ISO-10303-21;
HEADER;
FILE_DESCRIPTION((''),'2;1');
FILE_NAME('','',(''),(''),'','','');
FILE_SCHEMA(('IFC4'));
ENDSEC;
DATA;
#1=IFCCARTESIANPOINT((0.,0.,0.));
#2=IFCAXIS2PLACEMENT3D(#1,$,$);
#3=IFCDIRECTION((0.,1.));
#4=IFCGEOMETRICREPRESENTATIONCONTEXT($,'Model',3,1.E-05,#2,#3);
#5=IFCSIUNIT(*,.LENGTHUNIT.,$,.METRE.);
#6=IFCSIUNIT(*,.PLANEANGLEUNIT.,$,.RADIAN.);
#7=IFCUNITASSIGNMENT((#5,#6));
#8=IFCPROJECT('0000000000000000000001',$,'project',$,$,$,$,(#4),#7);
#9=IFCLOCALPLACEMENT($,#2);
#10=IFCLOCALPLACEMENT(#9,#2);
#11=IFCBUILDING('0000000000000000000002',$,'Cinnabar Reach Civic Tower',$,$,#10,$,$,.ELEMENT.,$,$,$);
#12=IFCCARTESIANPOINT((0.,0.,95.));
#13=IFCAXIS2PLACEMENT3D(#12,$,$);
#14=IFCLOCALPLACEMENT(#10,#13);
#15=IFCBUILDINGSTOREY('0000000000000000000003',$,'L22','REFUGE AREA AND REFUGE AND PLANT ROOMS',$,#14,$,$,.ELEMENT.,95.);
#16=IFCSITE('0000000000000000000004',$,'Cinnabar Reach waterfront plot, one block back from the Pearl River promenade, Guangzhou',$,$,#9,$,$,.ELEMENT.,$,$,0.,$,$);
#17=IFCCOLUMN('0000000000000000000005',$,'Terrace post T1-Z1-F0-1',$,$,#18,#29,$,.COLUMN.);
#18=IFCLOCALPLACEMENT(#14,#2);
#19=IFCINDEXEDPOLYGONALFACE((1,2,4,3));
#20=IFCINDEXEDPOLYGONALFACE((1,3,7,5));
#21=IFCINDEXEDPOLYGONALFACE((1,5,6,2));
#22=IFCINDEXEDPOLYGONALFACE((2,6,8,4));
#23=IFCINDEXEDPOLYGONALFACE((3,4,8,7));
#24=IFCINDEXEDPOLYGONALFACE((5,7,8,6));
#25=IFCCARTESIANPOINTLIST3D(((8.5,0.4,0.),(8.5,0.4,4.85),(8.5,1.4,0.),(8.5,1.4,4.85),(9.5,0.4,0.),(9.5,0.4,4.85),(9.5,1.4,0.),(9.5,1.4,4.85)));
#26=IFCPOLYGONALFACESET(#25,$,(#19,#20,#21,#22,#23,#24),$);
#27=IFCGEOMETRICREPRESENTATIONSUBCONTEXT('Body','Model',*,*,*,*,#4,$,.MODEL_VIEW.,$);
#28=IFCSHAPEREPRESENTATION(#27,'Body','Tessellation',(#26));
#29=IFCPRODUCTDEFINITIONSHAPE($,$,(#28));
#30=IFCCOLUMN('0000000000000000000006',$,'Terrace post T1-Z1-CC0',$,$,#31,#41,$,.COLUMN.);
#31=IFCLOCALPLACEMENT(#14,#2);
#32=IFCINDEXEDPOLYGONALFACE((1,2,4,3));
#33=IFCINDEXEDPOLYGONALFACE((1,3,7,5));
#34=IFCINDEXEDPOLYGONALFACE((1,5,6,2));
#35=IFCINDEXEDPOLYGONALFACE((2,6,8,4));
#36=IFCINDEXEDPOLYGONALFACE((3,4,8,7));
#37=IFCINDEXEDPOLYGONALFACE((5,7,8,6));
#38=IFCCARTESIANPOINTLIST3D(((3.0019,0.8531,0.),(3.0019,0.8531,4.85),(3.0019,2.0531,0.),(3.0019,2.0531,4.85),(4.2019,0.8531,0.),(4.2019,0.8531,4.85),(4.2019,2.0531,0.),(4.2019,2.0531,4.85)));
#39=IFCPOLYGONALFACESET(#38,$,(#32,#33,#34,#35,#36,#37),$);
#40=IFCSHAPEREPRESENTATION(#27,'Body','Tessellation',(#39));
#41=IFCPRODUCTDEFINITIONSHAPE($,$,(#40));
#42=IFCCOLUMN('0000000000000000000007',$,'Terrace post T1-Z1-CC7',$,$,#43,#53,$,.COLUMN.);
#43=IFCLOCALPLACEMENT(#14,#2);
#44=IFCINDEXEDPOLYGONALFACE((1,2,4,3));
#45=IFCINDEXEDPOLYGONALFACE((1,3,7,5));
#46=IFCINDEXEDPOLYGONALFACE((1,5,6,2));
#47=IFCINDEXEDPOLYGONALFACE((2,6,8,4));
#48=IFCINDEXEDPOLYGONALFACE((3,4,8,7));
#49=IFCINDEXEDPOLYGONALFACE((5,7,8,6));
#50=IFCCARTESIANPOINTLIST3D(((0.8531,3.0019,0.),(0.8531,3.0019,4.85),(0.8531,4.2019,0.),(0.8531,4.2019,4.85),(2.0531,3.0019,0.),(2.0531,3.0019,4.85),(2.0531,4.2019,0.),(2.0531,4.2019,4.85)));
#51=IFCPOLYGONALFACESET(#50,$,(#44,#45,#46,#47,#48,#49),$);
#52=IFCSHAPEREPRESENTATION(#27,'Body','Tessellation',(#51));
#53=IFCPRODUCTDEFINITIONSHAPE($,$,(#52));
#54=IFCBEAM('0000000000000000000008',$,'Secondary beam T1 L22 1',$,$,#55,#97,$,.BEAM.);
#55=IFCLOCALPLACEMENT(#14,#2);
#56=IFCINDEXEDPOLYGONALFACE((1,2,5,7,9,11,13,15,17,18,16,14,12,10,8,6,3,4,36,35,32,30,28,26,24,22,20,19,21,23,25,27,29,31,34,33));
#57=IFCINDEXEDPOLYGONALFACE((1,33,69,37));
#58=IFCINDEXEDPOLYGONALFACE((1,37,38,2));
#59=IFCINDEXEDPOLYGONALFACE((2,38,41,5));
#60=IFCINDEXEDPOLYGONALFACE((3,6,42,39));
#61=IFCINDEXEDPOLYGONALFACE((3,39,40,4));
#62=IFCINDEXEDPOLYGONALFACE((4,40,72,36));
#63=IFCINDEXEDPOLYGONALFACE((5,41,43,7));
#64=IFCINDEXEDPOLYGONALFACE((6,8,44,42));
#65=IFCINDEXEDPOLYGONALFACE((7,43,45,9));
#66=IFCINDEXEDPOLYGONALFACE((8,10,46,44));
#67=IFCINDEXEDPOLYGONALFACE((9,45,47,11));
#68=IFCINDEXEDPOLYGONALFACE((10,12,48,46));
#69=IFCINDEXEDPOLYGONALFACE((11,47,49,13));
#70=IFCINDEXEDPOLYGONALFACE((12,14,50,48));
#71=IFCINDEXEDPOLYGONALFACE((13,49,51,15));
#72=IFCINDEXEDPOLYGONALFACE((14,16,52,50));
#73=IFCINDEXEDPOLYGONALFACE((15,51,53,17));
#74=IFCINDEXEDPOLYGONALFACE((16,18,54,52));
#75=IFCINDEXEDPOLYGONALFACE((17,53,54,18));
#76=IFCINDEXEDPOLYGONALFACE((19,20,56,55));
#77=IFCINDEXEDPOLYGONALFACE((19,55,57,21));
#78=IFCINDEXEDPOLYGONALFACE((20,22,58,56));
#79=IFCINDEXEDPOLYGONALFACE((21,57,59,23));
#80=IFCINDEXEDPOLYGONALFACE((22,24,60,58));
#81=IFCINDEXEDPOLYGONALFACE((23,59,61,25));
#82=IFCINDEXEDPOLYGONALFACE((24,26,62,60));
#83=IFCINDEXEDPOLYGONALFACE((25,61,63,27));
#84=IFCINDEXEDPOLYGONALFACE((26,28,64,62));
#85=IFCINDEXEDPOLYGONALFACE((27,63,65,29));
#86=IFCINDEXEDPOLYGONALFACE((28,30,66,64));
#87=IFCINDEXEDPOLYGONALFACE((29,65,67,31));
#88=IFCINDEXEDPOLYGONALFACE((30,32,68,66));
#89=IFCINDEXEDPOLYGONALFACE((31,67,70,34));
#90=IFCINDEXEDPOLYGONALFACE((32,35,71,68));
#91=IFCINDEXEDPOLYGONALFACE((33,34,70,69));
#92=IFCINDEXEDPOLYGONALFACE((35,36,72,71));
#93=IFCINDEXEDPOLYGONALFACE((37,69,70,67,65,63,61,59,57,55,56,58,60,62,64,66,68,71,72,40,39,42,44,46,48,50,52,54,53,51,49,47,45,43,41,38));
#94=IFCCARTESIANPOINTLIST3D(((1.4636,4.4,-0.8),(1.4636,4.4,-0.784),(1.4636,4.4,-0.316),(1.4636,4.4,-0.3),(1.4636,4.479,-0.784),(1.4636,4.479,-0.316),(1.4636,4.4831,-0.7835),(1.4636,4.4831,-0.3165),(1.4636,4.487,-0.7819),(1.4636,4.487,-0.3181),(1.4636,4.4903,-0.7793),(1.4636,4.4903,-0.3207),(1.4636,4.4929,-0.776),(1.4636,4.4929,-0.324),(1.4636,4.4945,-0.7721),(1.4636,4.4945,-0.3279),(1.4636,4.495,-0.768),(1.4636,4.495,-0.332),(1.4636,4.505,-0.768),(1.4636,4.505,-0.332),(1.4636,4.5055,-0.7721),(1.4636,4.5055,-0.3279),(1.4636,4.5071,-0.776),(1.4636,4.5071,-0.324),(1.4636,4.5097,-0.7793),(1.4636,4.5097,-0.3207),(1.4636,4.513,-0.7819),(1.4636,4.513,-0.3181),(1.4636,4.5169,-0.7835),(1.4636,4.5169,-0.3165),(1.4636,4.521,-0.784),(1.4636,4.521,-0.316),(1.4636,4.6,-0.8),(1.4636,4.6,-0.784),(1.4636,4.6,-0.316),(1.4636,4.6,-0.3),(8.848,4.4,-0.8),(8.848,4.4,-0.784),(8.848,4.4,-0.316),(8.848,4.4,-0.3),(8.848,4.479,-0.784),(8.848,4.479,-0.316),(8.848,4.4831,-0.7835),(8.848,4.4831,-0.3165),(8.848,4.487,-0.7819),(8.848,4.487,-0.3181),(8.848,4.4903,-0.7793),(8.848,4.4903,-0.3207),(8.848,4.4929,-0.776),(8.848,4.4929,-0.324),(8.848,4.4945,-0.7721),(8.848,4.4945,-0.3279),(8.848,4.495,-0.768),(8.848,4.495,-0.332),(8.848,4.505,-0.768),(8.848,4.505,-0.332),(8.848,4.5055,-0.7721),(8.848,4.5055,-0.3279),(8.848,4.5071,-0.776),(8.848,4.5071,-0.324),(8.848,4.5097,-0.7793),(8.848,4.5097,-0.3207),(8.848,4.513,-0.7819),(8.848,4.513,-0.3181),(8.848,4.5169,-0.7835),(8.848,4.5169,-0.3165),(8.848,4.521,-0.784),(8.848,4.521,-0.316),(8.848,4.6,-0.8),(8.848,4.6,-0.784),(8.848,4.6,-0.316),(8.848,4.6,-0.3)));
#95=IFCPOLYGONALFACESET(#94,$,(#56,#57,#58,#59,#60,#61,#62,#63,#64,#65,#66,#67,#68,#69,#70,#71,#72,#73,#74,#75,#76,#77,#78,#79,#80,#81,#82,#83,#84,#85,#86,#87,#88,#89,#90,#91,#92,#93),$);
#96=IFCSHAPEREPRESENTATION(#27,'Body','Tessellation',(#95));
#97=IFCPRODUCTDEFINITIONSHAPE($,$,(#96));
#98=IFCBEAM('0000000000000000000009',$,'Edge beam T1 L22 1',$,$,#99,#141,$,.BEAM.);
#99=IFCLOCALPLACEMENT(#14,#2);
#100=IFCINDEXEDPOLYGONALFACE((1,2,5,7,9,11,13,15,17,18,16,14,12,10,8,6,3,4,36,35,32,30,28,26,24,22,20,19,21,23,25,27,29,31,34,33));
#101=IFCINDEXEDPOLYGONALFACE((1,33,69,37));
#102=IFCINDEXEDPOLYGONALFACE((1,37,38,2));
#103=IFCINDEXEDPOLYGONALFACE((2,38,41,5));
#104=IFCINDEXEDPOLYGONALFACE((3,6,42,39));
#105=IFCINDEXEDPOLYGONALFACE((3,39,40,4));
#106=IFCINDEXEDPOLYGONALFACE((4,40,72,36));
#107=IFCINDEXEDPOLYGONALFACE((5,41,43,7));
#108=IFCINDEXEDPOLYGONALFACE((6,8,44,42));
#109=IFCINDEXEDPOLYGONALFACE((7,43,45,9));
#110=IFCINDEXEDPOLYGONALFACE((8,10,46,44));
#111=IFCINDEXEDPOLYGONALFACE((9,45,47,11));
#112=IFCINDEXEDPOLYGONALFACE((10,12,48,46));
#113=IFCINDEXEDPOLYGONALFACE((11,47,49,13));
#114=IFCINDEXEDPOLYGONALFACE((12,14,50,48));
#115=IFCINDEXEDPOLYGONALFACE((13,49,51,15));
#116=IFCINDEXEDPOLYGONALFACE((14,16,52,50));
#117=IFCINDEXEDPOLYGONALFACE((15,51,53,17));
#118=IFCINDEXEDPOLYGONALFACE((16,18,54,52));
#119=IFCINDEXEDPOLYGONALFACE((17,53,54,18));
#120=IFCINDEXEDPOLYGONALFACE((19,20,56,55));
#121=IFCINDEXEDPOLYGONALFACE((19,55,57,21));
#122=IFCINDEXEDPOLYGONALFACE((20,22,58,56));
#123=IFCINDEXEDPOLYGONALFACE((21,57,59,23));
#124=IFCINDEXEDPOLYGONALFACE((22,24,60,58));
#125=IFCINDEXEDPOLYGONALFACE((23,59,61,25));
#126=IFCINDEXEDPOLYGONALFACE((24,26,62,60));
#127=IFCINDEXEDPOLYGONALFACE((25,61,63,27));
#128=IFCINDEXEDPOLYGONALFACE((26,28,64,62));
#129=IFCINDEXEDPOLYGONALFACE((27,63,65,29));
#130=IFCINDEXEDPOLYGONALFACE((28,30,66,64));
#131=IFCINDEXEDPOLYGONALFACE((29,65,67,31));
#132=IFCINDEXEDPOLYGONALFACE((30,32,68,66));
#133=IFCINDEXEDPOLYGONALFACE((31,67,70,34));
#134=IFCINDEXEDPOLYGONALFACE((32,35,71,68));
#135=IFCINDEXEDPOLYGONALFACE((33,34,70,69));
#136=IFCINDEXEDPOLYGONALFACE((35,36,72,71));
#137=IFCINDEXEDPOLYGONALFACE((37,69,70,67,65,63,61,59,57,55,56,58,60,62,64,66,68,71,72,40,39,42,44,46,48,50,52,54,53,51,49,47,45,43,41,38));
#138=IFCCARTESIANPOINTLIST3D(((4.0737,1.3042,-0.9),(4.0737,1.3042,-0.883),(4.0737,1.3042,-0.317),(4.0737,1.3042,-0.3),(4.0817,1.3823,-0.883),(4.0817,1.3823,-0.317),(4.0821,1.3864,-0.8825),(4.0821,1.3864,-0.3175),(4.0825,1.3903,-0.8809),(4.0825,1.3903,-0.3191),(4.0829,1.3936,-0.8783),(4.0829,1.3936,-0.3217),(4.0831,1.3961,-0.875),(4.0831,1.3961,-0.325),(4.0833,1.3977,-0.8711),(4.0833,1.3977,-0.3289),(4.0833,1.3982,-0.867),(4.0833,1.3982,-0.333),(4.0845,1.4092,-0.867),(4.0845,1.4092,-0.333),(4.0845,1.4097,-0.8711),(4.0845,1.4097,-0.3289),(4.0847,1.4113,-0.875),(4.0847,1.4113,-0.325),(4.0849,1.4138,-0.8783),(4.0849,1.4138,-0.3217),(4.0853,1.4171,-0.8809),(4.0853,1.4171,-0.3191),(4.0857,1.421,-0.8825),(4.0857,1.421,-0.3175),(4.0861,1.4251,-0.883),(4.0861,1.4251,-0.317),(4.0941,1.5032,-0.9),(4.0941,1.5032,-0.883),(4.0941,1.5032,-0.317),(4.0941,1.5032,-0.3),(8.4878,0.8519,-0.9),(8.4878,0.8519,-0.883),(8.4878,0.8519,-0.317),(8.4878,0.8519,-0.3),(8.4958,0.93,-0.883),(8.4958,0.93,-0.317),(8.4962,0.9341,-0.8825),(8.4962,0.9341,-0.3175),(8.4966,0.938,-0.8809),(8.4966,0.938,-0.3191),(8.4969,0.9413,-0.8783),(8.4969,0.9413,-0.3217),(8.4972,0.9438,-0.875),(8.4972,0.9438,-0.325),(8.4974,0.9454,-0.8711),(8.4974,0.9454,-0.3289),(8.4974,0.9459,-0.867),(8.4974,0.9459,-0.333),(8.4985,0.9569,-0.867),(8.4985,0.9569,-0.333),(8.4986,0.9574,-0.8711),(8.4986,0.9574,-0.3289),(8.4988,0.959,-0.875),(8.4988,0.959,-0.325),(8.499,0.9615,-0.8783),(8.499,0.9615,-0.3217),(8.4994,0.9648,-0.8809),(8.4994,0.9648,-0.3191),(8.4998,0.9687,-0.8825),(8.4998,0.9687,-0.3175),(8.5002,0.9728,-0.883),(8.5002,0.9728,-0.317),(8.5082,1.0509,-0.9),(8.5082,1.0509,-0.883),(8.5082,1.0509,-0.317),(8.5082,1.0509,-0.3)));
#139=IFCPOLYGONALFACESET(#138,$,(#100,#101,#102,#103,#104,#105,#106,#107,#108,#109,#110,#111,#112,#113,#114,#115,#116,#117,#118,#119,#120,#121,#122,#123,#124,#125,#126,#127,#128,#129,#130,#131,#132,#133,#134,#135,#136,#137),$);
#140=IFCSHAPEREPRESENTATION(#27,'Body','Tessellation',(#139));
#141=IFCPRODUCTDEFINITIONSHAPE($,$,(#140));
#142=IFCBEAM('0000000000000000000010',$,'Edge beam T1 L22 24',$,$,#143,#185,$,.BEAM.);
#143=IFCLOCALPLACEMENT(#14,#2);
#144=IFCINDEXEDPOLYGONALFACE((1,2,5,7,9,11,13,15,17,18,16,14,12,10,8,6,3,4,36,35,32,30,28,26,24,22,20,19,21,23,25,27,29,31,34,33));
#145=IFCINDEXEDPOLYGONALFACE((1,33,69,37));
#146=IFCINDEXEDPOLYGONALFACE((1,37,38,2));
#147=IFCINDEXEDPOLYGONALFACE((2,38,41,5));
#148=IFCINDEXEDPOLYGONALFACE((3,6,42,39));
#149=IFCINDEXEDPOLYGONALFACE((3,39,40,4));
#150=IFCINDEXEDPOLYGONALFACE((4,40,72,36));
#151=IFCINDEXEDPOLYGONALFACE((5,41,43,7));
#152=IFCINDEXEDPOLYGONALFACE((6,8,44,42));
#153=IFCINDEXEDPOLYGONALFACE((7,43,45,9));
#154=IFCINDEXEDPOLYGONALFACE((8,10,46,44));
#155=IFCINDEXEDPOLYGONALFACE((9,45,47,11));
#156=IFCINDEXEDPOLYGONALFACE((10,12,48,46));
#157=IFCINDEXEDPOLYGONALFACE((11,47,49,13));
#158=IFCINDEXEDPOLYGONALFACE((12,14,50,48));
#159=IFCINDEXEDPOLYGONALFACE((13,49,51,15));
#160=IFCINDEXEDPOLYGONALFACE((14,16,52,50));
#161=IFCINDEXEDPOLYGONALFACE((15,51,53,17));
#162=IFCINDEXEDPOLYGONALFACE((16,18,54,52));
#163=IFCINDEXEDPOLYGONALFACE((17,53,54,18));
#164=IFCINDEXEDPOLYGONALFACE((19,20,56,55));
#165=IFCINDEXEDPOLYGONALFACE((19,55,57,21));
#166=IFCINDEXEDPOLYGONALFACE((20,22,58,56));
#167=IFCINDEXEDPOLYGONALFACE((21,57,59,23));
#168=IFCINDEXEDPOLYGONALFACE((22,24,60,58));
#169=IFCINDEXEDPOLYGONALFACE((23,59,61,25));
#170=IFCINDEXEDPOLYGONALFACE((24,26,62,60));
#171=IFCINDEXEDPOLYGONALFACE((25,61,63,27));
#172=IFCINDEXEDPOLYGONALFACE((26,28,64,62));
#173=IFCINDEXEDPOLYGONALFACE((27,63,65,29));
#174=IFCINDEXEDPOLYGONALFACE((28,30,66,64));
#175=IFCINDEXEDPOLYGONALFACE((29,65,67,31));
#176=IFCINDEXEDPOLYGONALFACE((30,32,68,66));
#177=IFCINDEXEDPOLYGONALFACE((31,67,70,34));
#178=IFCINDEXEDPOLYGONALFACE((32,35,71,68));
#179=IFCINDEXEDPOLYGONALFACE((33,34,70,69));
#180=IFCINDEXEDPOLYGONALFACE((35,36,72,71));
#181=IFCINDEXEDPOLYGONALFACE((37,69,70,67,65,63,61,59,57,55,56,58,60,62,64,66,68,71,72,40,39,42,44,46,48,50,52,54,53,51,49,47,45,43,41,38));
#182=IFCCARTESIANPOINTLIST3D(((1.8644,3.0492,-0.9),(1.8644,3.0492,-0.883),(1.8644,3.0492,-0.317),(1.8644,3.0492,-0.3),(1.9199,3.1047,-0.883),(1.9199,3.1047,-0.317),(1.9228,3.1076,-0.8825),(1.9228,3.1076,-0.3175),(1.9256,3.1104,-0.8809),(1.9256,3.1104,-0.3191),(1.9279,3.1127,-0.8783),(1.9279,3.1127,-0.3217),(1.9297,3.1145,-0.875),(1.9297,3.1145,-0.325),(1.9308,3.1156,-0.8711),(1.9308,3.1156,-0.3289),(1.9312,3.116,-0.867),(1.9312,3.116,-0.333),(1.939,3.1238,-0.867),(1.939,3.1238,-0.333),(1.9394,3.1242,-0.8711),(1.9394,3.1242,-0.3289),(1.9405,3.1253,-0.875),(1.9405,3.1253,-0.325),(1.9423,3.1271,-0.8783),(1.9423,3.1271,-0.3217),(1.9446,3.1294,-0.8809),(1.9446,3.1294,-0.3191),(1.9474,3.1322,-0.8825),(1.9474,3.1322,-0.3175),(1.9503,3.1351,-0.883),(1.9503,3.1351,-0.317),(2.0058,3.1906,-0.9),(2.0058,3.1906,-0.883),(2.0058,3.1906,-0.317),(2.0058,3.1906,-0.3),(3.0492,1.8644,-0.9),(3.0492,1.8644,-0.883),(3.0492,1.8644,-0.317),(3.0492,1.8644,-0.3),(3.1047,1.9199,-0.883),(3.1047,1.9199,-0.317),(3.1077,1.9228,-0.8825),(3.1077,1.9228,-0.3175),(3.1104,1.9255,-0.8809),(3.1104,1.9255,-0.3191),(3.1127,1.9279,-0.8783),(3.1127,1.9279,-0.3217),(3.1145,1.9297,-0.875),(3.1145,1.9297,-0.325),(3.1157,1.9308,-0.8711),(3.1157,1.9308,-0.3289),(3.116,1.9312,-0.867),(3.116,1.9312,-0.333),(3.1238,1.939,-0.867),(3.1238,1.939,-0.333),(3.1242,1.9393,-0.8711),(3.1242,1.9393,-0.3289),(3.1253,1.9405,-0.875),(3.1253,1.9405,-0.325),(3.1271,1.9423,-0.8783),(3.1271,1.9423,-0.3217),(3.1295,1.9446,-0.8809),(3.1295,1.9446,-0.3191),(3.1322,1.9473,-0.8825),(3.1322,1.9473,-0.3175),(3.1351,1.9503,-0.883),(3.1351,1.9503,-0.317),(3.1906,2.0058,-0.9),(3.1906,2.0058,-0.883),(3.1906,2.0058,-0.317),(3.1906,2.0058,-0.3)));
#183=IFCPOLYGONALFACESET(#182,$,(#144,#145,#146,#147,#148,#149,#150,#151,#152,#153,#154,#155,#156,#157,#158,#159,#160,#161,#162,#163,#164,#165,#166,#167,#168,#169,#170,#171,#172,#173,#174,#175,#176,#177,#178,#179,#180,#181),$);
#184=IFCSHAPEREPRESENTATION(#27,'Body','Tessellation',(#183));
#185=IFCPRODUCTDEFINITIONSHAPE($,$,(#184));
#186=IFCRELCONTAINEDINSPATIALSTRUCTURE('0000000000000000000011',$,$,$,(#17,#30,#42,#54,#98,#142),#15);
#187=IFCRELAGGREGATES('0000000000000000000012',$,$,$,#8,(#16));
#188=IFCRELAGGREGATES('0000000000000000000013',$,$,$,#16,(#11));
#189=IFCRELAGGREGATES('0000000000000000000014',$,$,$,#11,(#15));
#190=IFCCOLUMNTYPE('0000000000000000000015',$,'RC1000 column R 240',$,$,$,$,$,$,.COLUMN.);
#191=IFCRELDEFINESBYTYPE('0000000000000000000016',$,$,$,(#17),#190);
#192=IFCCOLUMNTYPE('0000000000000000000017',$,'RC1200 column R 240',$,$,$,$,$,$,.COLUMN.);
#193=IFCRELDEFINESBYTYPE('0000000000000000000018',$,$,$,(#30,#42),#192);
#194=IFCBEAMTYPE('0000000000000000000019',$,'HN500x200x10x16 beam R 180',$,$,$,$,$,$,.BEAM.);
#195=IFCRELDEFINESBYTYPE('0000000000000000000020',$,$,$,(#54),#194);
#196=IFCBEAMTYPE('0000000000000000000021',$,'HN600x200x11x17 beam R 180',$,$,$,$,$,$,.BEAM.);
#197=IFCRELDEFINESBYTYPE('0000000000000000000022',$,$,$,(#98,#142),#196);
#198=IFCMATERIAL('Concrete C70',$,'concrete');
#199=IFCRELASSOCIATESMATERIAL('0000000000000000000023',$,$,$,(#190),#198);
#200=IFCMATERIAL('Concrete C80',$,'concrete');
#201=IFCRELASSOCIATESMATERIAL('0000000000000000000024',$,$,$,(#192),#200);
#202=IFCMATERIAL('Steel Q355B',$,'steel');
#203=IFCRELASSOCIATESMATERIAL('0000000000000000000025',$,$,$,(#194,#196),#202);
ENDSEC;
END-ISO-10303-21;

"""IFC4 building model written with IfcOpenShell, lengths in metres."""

from ifc_helpers import new_model, si_unit, direction, frame, origin, origin_2d, place, context, subcontext, project, spatial, rectangle, i_section, extrude, material, material_profile, profile_set, type_object, element, save


model = new_model("IFC4")

# Units and contexts
model_context = context("Model", 3, precision=1e-05, world=origin(), true_north=direction((0.0, 1.0)))
body_context = subcontext(model_context, "Body", "Model", "MODEL_VIEW")
ifc_project = project(units=[si_unit("LENGTHUNIT", "METRE"), si_unit("PLANEANGLEUNIT", "RADIAN")], contexts=[model_context])

# Site, building, storey
site_placement = place(None, origin())
site = spatial("IfcSite", under=ifc_project, at=site_placement, Name="Cinnabar Reach waterfront plot, one block back from the Pearl River promenade, Guangzhou", CompositionType="ELEMENT", RefElevation=0.0)
building_placement = place(site_placement, origin())
building = spatial("IfcBuilding", under=site, at=building_placement, Name="Cinnabar Reach Civic Tower", CompositionType="ELEMENT")
storey_placement = place(building_placement, frame((0.0, 0.0, 95.0)))
storey = spatial("IfcBuildingStorey", under=building, at=storey_placement, Name="L22", Description="REFUGE AREA AND REFUGE AND PLANT ROOMS", CompositionType="ELEMENT", Elevation=95.0)

# Columns
ifc_material_1 = material(Name="Concrete C70", Category="concrete")
ifc_material_profile_1 = material_profile(ifc_material_1, rectangle(XDim=1.0, YDim=1.0, at=origin_2d()), Name="RC1000")
ifc_profile_set_1 = profile_set([ifc_material_profile_1], Name="Concrete C70")
column_type_1 = type_object("IfcColumnType", Name="RC1000 column R 240", PredefinedType="COLUMN", material=ifc_profile_set_1)
column_placement = place(storey_placement, frame((9.0, 0.9, 0.0), z_axis=(0.0, 0.0, 1.0), x_axis=(1.0, 0.0, 0.0)))
element("IfcColumn", 1, at=column_placement, inside=storey, type_object=column_type_1, Name="Terrace post T1-Z1-F0-1", PredefinedType="COLUMN", context=body_context, shape_type="SweptSolid", body=[
    extrude(rectangle(XDim=1.0, YDim=1.0, at=origin_2d()), origin(), (0.0, 0.0, 1.0), 4.85),
])
ifc_material_2 = material(Name="Concrete C80", Category="concrete")
ifc_material_profile_2 = material_profile(ifc_material_2, rectangle(XDim=1.2, YDim=1.2, at=origin_2d()), Name="RC1200")
ifc_profile_set_2 = profile_set([ifc_material_profile_2], Name="Concrete C80")
column_type_2 = type_object("IfcColumnType", Name="RC1200 column R 240", PredefinedType="COLUMN", material=ifc_profile_set_2)
for number, where, z_axis, x_axis, name in (
    (2, (3.6019, 1.4531, 0.0), (0.0, 0.0, 1.0), (1.0, 0.0, 0.0), "Terrace post T1-Z1-CC0"),
    (3, (1.4531, 3.6019, 0.0), (0.0, 0.0, 1.0), (1.0, 0.0, 0.0), "Terrace post T1-Z1-CC7"),
):
    element("IfcColumn", number, at=place(storey_placement, frame(where, z_axis=z_axis, x_axis=x_axis)), inside=storey, type_object=column_type_2, Name=name, PredefinedType="COLUMN", context=body_context, shape_type="SweptSolid", body=[
        extrude(rectangle(XDim=1.2, YDim=1.2, at=origin_2d()), origin(), (0.0, 0.0, 1.0), 4.85),
    ])

# Beams
ifc_material_3 = material(Name="Steel Q355B", Category="steel")
ifc_material_profile_3 = material_profile(ifc_material_3, i_section(OverallWidth=0.2, OverallDepth=0.5, WebThickness=0.01, FlangeThickness=0.016, FilletRadius=0.016, at=origin_2d()), Name="HN500x200x10x16")
ifc_profile_set_3 = profile_set([ifc_material_profile_3], Name="Steel Q355B")
beam_type_1 = type_object("IfcBeamType", Name="HN500x200x10x16 beam R 180", PredefinedType="BEAM", material=ifc_profile_set_3)
beam_1_placement = place(storey_placement, frame((1.4636, 4.5, -0.55), z_axis=(1.0, 0.0, 0.0), x_axis=(0.0, 1.0, 0.0)))
element("IfcBeam", 4, at=beam_1_placement, inside=storey, type_object=beam_type_1, Name="Secondary beam T1 L22 1", PredefinedType="BEAM", context=body_context, shape_type="SweptSolid", body=[
    extrude(i_section(OverallWidth=0.2, OverallDepth=0.5, WebThickness=0.01, FlangeThickness=0.016, FilletRadius=0.016, at=origin_2d()), origin(), (0.0, 0.0, 1.0), 7.3844),
])
ifc_material_profile_4 = material_profile(ifc_material_3, i_section(OverallWidth=0.2, OverallDepth=0.6, WebThickness=0.011, FlangeThickness=0.017, FilletRadius=0.016, at=origin_2d()), Name="HN600x200x11x17")
ifc_profile_set_4 = profile_set([ifc_material_profile_4], Name="Steel Q355B")
beam_type_2 = type_object("IfcBeamType", Name="HN600x200x11x17 beam R 180", PredefinedType="BEAM", material=ifc_profile_set_4)
beam_2_placement = place(storey_placement, frame((4.0839, 1.4037, -0.6), z_axis=(0.994791, -0.101933, 0.0), x_axis=(0.101933, 0.994791, 0.0)))
element("IfcBeam", 5, at=beam_2_placement, inside=storey, type_object=beam_type_2, Name="Edge beam T1 L22 1", PredefinedType="BEAM", context=body_context, shape_type="SweptSolid", body=[
    extrude(i_section(OverallWidth=0.2, OverallDepth=0.6, WebThickness=0.011, FlangeThickness=0.017, FilletRadius=0.016, at=origin_2d()), origin(), (0.0, 0.0, 1.0), 4.4372),
])
beam_3_placement = place(storey_placement, frame((1.9351, 3.1199, -0.6), z_axis=(0.707107, -0.707107, 0.0), x_axis=(0.707107, 0.707107, 0.0)))
element("IfcBeam", 6, at=beam_3_placement, inside=storey, type_object=beam_type_2, Name="Edge beam T1 L22 24", PredefinedType="BEAM", context=body_context, shape_type="SweptSolid", body=[
    extrude(i_section(OverallWidth=0.2, OverallDepth=0.6, WebThickness=0.011, FlangeThickness=0.017, FilletRadius=0.016, at=origin_2d()), origin(), (0.0, 0.0, 1.0), 1.6756),
])

save(model, "model.ifc")
